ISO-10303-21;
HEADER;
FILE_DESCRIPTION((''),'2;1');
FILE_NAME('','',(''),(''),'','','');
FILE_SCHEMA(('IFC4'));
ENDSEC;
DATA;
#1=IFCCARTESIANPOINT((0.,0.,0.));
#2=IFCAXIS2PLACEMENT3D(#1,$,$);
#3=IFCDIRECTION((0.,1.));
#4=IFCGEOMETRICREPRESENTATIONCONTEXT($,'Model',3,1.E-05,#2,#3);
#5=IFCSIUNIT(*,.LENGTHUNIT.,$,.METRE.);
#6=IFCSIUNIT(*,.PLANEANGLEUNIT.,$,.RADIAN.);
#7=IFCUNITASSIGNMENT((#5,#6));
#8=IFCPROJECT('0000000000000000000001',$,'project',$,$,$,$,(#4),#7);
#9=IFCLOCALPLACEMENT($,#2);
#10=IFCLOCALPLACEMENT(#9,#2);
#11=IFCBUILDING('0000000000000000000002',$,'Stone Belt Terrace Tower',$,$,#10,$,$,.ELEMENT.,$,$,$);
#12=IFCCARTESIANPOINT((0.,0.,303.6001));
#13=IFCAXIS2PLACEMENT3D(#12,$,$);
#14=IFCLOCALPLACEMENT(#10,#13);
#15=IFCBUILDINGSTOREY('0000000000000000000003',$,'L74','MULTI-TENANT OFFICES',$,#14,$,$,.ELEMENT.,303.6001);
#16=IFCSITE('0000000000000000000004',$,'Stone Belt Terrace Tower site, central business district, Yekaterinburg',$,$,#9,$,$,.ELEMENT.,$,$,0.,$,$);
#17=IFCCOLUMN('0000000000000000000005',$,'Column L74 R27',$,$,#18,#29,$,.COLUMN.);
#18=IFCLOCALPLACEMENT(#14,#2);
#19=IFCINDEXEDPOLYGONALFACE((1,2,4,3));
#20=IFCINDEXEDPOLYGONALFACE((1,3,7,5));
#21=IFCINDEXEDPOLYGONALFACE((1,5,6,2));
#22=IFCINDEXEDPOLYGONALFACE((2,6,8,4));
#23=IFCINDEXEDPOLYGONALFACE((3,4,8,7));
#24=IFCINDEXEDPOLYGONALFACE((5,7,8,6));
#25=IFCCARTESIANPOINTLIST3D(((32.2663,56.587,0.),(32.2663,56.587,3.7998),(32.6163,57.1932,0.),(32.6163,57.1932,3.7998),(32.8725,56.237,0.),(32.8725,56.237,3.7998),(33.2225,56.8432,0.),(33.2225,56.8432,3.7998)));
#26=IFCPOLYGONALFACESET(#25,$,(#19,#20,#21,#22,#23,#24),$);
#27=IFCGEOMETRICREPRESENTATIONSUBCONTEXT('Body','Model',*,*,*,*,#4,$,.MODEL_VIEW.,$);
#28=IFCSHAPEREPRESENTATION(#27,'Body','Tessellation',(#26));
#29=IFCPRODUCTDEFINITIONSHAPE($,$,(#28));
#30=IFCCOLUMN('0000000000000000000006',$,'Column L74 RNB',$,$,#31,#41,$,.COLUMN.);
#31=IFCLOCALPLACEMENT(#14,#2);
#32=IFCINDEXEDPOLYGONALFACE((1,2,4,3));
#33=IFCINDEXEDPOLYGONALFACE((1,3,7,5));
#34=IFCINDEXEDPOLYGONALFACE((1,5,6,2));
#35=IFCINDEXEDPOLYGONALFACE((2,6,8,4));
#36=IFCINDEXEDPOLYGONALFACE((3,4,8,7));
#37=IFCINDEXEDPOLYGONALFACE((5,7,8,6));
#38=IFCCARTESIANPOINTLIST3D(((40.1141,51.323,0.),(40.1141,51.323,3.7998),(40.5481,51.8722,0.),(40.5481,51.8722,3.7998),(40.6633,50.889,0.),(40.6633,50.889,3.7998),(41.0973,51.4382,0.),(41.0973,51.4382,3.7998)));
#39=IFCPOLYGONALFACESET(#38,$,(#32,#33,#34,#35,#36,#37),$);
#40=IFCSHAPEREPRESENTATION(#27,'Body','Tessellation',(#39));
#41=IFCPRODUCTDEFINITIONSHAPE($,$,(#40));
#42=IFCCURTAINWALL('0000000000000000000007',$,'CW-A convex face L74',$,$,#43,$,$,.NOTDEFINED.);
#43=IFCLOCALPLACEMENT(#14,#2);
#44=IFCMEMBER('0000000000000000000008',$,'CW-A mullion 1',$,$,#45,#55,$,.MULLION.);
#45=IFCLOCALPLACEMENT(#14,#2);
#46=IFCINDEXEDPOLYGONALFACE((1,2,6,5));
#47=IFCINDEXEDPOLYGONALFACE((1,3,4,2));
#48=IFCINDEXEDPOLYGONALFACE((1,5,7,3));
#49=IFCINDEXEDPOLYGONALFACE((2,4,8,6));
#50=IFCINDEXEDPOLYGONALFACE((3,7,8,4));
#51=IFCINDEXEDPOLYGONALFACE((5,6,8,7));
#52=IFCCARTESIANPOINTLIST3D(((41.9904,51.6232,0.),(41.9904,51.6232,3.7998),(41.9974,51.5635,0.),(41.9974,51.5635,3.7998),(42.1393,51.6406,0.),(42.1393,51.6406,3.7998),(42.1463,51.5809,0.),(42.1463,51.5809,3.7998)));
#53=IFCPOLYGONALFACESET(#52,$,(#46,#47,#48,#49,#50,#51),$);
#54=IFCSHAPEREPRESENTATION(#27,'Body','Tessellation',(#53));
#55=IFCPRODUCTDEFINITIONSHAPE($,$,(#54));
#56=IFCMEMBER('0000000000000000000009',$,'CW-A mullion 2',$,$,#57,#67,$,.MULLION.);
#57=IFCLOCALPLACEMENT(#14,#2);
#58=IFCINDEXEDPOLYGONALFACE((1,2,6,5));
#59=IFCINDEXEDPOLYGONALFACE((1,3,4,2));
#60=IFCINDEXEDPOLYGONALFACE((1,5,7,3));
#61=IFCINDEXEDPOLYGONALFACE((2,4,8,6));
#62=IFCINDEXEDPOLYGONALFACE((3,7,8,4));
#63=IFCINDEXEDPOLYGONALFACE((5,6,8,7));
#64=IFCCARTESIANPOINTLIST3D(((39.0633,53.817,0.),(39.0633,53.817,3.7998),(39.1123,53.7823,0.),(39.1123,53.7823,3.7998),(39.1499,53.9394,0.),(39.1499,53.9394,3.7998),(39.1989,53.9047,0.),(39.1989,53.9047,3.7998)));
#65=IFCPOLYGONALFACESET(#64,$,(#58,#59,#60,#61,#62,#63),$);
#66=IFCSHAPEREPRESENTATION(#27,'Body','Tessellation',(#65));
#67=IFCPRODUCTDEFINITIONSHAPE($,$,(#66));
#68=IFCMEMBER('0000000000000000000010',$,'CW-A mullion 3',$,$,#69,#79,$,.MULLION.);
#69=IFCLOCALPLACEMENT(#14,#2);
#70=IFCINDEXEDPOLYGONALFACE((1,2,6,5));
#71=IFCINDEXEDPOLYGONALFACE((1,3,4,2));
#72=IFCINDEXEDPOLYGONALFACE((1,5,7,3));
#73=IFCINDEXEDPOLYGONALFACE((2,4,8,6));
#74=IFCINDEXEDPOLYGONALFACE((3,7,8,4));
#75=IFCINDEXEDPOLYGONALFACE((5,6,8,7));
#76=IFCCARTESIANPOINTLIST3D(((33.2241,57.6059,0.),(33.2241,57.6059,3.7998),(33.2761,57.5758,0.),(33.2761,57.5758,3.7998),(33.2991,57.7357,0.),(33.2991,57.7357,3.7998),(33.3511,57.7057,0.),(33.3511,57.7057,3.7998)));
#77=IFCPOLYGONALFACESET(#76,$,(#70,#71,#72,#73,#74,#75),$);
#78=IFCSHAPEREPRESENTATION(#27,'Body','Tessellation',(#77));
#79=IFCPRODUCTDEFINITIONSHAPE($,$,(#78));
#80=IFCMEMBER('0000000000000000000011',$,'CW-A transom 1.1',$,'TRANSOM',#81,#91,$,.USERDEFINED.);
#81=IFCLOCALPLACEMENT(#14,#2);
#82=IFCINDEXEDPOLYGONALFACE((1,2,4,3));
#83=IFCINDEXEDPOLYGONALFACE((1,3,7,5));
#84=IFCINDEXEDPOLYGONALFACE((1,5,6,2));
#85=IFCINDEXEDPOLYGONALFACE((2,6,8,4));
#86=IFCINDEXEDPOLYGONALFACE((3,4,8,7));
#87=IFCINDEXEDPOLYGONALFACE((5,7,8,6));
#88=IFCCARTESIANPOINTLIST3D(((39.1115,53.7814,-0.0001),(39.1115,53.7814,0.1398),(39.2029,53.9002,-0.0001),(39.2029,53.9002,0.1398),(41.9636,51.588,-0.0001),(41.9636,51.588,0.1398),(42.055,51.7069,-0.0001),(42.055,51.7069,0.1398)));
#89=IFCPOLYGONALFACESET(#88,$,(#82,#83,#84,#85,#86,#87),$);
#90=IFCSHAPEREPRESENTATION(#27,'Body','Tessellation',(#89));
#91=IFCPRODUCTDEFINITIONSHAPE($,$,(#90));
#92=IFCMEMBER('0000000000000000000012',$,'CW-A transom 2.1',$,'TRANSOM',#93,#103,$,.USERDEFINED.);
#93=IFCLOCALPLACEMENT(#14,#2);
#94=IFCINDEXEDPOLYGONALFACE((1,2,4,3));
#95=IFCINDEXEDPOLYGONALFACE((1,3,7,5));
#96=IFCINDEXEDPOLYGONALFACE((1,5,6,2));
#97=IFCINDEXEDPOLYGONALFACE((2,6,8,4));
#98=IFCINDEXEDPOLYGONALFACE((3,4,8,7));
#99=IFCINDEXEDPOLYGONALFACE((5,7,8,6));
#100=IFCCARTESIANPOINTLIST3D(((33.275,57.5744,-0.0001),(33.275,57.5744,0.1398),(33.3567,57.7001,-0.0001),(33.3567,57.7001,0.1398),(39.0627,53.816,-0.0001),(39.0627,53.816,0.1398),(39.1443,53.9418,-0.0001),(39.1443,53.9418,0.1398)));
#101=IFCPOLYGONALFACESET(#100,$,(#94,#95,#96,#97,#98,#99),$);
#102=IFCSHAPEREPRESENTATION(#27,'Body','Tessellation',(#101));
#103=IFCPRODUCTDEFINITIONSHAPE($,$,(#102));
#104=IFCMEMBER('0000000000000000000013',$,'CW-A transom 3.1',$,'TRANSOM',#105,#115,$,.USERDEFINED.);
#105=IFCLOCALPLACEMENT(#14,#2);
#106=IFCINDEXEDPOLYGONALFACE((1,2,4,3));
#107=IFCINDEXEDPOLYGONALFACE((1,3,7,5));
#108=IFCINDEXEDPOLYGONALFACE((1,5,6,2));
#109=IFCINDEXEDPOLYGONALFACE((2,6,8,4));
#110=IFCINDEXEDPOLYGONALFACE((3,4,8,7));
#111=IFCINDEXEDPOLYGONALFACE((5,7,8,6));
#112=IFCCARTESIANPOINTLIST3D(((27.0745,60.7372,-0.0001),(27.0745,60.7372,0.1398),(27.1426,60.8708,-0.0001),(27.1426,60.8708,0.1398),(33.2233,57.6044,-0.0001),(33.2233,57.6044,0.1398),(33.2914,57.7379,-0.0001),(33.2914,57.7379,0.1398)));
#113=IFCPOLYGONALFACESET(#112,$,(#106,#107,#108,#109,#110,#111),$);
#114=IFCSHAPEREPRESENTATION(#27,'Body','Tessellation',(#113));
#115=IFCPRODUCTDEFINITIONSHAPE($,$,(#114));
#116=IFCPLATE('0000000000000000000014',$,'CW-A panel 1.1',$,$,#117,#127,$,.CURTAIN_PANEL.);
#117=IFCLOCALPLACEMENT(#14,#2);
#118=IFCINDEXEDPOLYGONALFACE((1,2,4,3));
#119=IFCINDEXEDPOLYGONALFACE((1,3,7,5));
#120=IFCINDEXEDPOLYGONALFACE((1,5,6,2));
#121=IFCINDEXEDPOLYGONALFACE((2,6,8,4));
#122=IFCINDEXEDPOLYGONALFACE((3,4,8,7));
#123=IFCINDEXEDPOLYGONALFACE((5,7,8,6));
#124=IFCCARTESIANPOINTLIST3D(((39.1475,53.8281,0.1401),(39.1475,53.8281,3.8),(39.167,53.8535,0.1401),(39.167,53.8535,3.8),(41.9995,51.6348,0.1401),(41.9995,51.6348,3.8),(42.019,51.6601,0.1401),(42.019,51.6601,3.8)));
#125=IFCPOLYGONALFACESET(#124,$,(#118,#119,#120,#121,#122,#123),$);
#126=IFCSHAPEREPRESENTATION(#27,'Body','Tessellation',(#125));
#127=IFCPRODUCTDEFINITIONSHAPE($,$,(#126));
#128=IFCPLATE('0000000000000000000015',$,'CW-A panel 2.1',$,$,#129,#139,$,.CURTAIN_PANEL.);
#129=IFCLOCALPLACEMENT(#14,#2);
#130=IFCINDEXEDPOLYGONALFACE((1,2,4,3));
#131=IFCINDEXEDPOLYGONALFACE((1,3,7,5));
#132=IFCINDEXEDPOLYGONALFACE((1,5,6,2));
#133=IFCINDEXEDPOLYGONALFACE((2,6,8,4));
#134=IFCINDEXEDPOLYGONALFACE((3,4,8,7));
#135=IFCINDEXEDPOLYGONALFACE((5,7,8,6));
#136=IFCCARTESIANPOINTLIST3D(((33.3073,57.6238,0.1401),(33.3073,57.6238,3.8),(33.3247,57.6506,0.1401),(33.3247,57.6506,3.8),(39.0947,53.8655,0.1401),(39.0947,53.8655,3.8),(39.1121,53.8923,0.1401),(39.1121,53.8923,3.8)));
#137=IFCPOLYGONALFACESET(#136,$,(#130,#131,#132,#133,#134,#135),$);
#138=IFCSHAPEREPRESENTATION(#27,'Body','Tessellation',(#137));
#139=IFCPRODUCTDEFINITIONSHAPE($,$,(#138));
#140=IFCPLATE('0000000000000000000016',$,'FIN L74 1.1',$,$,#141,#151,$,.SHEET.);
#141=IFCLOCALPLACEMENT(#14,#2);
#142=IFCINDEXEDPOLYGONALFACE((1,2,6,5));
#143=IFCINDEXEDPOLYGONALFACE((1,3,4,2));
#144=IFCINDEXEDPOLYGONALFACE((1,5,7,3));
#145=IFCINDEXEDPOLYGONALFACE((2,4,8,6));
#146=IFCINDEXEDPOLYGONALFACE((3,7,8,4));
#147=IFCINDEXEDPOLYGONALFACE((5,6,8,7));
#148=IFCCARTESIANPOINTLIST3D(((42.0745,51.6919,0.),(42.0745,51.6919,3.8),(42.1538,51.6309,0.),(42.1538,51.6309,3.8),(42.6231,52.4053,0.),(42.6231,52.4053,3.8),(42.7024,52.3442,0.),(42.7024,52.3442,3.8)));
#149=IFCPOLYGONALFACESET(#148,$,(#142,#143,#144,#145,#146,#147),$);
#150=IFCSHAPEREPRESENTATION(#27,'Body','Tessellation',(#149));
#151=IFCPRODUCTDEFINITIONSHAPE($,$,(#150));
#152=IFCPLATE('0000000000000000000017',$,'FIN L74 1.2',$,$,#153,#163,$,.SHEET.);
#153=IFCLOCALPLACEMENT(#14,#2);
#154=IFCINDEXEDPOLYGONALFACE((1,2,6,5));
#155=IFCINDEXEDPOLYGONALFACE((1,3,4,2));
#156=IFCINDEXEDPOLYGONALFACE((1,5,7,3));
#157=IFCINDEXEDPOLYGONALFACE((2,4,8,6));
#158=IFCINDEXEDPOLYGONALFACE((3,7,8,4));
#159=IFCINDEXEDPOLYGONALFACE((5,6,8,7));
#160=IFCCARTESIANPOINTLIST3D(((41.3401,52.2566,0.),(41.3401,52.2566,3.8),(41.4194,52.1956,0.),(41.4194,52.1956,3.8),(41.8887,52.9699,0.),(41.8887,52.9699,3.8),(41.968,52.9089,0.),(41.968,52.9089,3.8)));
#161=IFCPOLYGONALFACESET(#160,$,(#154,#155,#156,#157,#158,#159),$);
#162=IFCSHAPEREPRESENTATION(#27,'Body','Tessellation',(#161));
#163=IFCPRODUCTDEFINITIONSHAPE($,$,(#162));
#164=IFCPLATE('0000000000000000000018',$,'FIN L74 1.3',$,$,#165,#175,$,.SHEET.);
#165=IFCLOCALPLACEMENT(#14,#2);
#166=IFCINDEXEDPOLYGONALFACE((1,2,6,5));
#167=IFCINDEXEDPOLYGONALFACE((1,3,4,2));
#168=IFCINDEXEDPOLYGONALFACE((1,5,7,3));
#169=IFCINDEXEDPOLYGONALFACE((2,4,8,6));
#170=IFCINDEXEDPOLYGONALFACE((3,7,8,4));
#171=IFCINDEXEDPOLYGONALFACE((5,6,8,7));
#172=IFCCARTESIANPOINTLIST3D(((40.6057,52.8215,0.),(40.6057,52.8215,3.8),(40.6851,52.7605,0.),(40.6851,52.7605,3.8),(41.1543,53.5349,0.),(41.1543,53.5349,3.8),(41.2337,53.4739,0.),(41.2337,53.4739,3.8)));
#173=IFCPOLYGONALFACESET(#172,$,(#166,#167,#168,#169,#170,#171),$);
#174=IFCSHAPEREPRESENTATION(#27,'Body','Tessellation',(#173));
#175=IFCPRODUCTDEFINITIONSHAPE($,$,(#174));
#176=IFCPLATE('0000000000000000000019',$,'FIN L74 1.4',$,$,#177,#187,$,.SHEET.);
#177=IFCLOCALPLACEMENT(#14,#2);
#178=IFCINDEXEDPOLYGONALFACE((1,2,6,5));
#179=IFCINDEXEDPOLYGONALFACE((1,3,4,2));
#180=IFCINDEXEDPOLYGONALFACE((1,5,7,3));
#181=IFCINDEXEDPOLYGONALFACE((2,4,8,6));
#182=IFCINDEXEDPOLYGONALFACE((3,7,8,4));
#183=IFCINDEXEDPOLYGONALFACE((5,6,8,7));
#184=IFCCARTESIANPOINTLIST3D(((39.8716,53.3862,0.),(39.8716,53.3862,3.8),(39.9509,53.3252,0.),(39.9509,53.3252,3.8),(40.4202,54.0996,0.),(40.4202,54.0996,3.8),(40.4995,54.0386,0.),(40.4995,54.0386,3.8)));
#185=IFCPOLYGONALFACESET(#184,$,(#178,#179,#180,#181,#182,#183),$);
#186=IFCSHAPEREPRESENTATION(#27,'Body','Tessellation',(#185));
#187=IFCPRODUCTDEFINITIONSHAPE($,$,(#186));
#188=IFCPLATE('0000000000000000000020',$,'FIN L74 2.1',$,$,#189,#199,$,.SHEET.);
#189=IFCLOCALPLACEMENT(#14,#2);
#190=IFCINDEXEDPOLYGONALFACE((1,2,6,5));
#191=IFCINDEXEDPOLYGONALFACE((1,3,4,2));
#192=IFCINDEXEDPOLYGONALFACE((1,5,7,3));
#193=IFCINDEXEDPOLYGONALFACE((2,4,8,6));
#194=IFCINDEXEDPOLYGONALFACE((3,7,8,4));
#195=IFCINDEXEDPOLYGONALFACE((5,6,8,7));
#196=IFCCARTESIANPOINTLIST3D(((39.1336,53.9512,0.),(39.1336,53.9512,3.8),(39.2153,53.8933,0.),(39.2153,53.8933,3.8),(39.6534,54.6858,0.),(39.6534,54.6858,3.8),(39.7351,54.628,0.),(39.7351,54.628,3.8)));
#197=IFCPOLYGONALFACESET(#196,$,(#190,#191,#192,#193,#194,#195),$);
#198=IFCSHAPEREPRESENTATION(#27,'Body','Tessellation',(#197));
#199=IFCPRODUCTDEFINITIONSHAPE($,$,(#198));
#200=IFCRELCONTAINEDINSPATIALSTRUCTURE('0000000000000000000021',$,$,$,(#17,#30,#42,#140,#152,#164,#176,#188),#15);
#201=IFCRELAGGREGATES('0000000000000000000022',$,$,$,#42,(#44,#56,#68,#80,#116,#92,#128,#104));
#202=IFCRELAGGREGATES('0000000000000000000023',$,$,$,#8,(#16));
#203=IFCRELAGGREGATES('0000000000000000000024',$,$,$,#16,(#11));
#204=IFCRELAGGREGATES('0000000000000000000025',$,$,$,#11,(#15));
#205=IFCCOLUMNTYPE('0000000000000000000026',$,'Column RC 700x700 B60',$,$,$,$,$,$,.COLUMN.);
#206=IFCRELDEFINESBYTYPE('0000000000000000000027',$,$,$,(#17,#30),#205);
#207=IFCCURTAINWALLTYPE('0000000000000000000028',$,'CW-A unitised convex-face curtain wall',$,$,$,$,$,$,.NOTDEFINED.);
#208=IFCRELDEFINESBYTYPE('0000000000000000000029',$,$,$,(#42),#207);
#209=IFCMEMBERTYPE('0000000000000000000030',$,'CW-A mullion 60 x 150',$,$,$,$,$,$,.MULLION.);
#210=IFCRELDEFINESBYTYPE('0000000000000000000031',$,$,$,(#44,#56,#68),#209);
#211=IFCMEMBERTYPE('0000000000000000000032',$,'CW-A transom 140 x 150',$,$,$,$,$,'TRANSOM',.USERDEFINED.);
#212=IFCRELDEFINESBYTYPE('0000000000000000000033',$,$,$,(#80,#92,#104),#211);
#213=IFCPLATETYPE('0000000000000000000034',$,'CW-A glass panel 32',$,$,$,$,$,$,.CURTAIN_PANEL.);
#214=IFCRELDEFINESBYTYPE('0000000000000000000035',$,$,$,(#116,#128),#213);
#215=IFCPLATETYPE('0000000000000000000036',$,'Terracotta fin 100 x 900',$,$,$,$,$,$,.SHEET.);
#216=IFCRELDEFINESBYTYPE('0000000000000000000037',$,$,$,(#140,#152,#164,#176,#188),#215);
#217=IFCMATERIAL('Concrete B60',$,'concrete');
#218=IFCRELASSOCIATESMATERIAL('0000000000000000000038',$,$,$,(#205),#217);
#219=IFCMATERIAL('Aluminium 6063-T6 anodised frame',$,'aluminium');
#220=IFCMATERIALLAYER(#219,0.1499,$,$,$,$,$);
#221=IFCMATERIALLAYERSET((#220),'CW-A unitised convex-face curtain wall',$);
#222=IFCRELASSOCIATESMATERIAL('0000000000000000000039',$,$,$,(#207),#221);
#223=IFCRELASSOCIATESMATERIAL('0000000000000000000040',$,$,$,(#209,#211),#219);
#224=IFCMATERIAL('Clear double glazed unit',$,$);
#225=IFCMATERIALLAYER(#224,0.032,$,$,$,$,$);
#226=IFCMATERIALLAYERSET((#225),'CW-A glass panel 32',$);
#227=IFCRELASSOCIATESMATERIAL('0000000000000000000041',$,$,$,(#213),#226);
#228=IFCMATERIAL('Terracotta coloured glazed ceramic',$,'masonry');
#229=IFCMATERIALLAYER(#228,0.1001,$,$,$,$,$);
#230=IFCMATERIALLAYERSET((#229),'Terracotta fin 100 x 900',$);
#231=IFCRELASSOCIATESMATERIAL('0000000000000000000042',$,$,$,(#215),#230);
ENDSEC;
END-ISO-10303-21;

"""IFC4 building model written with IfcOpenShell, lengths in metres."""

from ifc_helpers import new_model, si_unit, direction, frame, origin, origin_2d, place, context, subcontext, project, spatial, rectangle, extrude, material, layer, layer_set, material_profile, profile_set, type_object, element, aggregate, save


model = new_model("IFC4")

# Units and contexts
model_context = context("Model", 3, precision=1e-05, world=origin(), true_north=direction((0.0, 1.0)))
body_context = subcontext(model_context, "Body", "Model", "MODEL_VIEW")
ifc_project = project(units=[si_unit("LENGTHUNIT", "METRE"), si_unit("PLANEANGLEUNIT", "RADIAN")], contexts=[model_context])

# Site, building, storey
site_placement = place(None, origin())
site = spatial("IfcSite", under=ifc_project, at=site_placement, Name="Stone Belt Terrace Tower site, central business district, Yekaterinburg", CompositionType="ELEMENT", RefElevation=0.0)
building_placement = place(site_placement, origin())
building = spatial("IfcBuilding", under=site, at=building_placement, Name="Stone Belt Terrace Tower", CompositionType="ELEMENT")
storey_placement = place(building_placement, frame((0.0, 0.0, 303.6001)))
storey = spatial("IfcBuildingStorey", under=building, at=storey_placement, Name="L74", Description="MULTI-TENANT OFFICES", CompositionType="ELEMENT", Elevation=303.6001)

# Columns
ifc_material_1 = material(Name="Concrete B60", Category="concrete")
ifc_material_profile_1 = material_profile(ifc_material_1, rectangle(XDim=0.7, YDim=0.7, at=origin_2d()), Name="RC 700x700")
ifc_profile_set_1 = profile_set([ifc_material_profile_1], Name="Concrete B60")
column_type = type_object("IfcColumnType", Name="Column RC 700x700 B60", PredefinedType="COLUMN", material=ifc_profile_set_1)
for number, where, z_axis, x_axis, name in (
    (1, (32.7444, 56.7151, 0.0), (0.0, 0.0, 1.0), (0.866025, -0.5, 0.0), "Column L74 R27"),
    (2, (40.6057, 51.3806, 0.0), (0.0, 0.0, 1.0), (0.78457, -0.620041, 0.0), "Column L74 RNB"),
):
    element("IfcColumn", number, at=place(storey_placement, frame(where, z_axis=z_axis, x_axis=x_axis)), inside=storey, type_object=column_type, Name=name, PredefinedType="COLUMN", context=body_context, shape_type="SweptSolid", body=[
        extrude(rectangle(XDim=0.7, YDim=0.7, at=origin_2d()), origin(), (0.0, 0.0, 1.0), 3.7998),
    ])

# Curtain wall, members, plates
ifc_material_2 = material(Name="Aluminium 6063-T6 anodised frame", Category="aluminium")
ifc_layer_1 = layer(ifc_material_2, 0.1499)
ifc_layer_set_1 = layer_set([ifc_layer_1], Name="CW-A unitised convex-face curtain wall")
curtain_wall_type = type_object("IfcCurtainWallType", Name="CW-A unitised convex-face curtain wall", PredefinedType="NOTDEFINED", material=ifc_layer_set_1)
curtain_wall_placement = place(storey_placement, origin())
curtain_wall = element("IfcCurtainWall", 3, at=curtain_wall_placement, inside=storey, type_object=curtain_wall_type, Name="CW-A convex face L74", PredefinedType="NOTDEFINED")
ifc_material_profile_2 = material_profile(ifc_material_2, rectangle(XDim=0.1499, YDim=0.0601, at=origin_2d()), Name="Aluminium 6063-T6 60x150")
ifc_profile_set_2 = profile_set([ifc_material_profile_2], Name="Aluminium 6063-T6 anodised frame")
member_type_1 = type_object("IfcMemberType", Name="CW-A mullion 60 x 150", PredefinedType="MULLION", material=ifc_profile_set_2)
member_1_placement = place(storey_placement, frame((42.0684, 51.6021, 0.0), z_axis=(0.0, 0.0, 1.0), x_axis=(-0.993258, -0.115925, 0.0)))
member_1 = element("IfcMember", 4, at=member_1_placement, type_object=member_type_1, Name="CW-A mullion 1", PredefinedType="MULLION", context=body_context, shape_type="SweptSolid", body=[
    extrude(rectangle(XDim=0.1499, YDim=0.0601, at=origin_2d()), origin(), (0.0, 0.0, 1.0), 3.7998),
])
member_2_placement = place(storey_placement, frame((39.1311, 53.8608, 0.0), z_axis=(0.0, 0.0, 1.0), x_axis=(-0.577587, -0.816329, 0.0)))
member_2 = element("IfcMember", 5, at=member_2_placement, type_object=member_type_1, Name="CW-A mullion 2", PredefinedType="MULLION", context=body_context, shape_type="SweptSolid", body=[
    extrude(rectangle(XDim=0.1499, YDim=0.0601, at=origin_2d()), origin(), (0.0, 0.0, 1.0), 3.7998),
])
member_3_placement = place(storey_placement, frame((33.2876, 57.6558, 0.0), z_axis=(0.0, 0.0, 1.0), x_axis=(-0.5, -0.866025, 0.0)))
member_3 = element("IfcMember", 6, at=member_3_placement, type_object=member_type_1, Name="CW-A mullion 3", PredefinedType="MULLION", context=body_context, shape_type="SweptSolid", body=[
    extrude(rectangle(XDim=0.1499, YDim=0.0601, at=origin_2d()), origin(), (0.0, 0.0, 1.0), 3.7998),
])
ifc_material_profile_3 = material_profile(ifc_material_2, rectangle(XDim=0.1499, YDim=0.1399, at=origin_2d()), Name="Aluminium 6063-T6 150x140")
ifc_profile_set_3 = profile_set([ifc_material_profile_3], Name="Aluminium 6063-T6 anodised frame")
member_type_2 = type_object("IfcMemberType", Name="CW-A transom 140 x 150", ElementType="TRANSOM", PredefinedType="USERDEFINED", material=ifc_profile_set_3)
member_4_placement = place(storey_placement, frame((42.0093, 51.6475, 0.0698), z_axis=(-0.792695, 0.609619, 0.0), x_axis=(-0.609619, -0.792695, 0.0)))
member_4 = element("IfcMember", 7, at=member_4_placement, type_object=member_type_2, Name="CW-A transom 1.1", ObjectType="TRANSOM", PredefinedType="USERDEFINED", context=body_context, shape_type="SweptSolid", body=[
    extrude(rectangle(XDim=0.1499, YDim=0.1399, at=origin_2d()), origin(), (0.0, 0.0, 1.0), 3.5979),
])
member_5_placement = place(storey_placement, frame((39.1035, 53.8789, 0.0698), z_axis=(-0.838684, 0.544618, 0.0), x_axis=(-0.544618, -0.838684, 0.0)))
member_5 = element("IfcMember", 8, at=member_5_placement, type_object=member_type_2, Name="CW-A transom 2.1", ObjectType="TRANSOM", PredefinedType="USERDEFINED", context=body_context, shape_type="SweptSolid", body=[
    extrude(rectangle(XDim=0.1499, YDim=0.1399, at=origin_2d()), origin(), (0.0, 0.0, 1.0), 6.9009),
])
member_6_placement = place(storey_placement, frame((33.2573, 57.6711, 0.0698), z_axis=(-0.891012, 0.453979, 0.0), x_axis=(-0.453979, -0.891012, 0.0)))
member_6 = element("IfcMember", 9, at=member_6_placement, type_object=member_type_2, Name="CW-A transom 3.1", ObjectType="TRANSOM", PredefinedType="USERDEFINED", context=body_context, shape_type="SweptSolid", body=[
    extrude(rectangle(XDim=0.1499, YDim=0.1399, at=origin_2d()), origin(), (0.0, 0.0, 1.0), 6.9009),
])
ifc_material_3 = material(Name="Clear double glazed unit")
ifc_layer_2 = layer(ifc_material_3, 0.032)
ifc_layer_set_2 = layer_set([ifc_layer_2], Name="CW-A glass panel 32")
plate_type_1 = type_object("IfcPlateType", Name="CW-A glass panel 32", PredefinedType="CURTAIN_PANEL", material=ifc_layer_set_2)
plate_1_placement = place(storey_placement, frame((40.5833, 52.7441, 0.1401), z_axis=(0.0, 0.0, 1.0), x_axis=(-0.792694, 0.60962, 0.0)))
plate_1 = element("IfcPlate", 10, at=plate_1_placement, type_object=plate_type_1, Name="CW-A panel 1.1", PredefinedType="CURTAIN_PANEL", context=body_context, shape_type="SweptSolid", body=[
    extrude(rectangle(XDim=3.5979, YDim=0.032, at=origin_2d()), origin(), (0.0, 0.0, 1.0), 3.6599),
])
plate_2_placement = place(storey_placement, frame((36.2097, 55.7581, 0.1401), z_axis=(0.0, 0.0, 1.0), x_axis=(-0.838671, 0.544639, 0.0)))
plate_2 = element("IfcPlate", 11, at=plate_2_placement, type_object=plate_type_1, Name="CW-A panel 2.1", PredefinedType="CURTAIN_PANEL", context=body_context, shape_type="SweptSolid", body=[
    extrude(rectangle(XDim=6.9006, YDim=0.032, at=origin_2d()), origin(), (0.0, 0.0, 1.0), 3.6599),
])
aggregate(curtain_wall, [member_1, member_2, member_3, member_4, plate_1, member_5, plate_2, member_6])

# Plates
ifc_material_4 = material(Name="Terracotta coloured glazed ceramic", Category="masonry")
ifc_layer_3 = layer(ifc_material_4, 0.1001)
ifc_layer_set_3 = layer_set([ifc_layer_3], Name="Terracotta fin 100 x 900")
plate_type_2 = type_object("IfcPlateType", Name="Terracotta fin 100 x 900", PredefinedType="SHEET", material=ifc_layer_set_3)
for number, where, z_axis, x_axis, name in (
    (12, (42.3884, 52.0181, 0.0), (0.0, 0.0, 1.0), (0.60962, 0.792694, 0.0), "FIN L74 1.1"),
    (13, (41.6541, 52.5828, 0.0), (0.0, 0.0, 1.0), (0.60962, 0.792694, 0.0), "FIN L74 1.2"),
    (14, (40.9197, 53.1477, 0.0), (0.0, 0.0, 1.0), (0.60962, 0.792694, 0.0), "FIN L74 1.3"),
    (15, (40.1855, 53.7124, 0.0), (0.0, 0.0, 1.0), (0.60962, 0.792694, 0.0), "FIN L74 1.4"),
    (16, (39.4343, 54.2896, 0.0), (0.0, 0.0, 1.0), (0.577587, 0.816329, 0.0), "FIN L74 2.1"),
):
    element("IfcPlate", number, at=place(storey_placement, frame(where, z_axis=z_axis, x_axis=x_axis)), inside=storey, type_object=plate_type_2, Name=name, PredefinedType="SHEET", context=body_context, shape_type="SweptSolid", body=[
        extrude(rectangle(XDim=0.8999, YDim=0.1001, at=origin_2d()), origin(), (0.0, 0.0, 1.0), 3.8),
    ])

save(model, "model.ifc")
